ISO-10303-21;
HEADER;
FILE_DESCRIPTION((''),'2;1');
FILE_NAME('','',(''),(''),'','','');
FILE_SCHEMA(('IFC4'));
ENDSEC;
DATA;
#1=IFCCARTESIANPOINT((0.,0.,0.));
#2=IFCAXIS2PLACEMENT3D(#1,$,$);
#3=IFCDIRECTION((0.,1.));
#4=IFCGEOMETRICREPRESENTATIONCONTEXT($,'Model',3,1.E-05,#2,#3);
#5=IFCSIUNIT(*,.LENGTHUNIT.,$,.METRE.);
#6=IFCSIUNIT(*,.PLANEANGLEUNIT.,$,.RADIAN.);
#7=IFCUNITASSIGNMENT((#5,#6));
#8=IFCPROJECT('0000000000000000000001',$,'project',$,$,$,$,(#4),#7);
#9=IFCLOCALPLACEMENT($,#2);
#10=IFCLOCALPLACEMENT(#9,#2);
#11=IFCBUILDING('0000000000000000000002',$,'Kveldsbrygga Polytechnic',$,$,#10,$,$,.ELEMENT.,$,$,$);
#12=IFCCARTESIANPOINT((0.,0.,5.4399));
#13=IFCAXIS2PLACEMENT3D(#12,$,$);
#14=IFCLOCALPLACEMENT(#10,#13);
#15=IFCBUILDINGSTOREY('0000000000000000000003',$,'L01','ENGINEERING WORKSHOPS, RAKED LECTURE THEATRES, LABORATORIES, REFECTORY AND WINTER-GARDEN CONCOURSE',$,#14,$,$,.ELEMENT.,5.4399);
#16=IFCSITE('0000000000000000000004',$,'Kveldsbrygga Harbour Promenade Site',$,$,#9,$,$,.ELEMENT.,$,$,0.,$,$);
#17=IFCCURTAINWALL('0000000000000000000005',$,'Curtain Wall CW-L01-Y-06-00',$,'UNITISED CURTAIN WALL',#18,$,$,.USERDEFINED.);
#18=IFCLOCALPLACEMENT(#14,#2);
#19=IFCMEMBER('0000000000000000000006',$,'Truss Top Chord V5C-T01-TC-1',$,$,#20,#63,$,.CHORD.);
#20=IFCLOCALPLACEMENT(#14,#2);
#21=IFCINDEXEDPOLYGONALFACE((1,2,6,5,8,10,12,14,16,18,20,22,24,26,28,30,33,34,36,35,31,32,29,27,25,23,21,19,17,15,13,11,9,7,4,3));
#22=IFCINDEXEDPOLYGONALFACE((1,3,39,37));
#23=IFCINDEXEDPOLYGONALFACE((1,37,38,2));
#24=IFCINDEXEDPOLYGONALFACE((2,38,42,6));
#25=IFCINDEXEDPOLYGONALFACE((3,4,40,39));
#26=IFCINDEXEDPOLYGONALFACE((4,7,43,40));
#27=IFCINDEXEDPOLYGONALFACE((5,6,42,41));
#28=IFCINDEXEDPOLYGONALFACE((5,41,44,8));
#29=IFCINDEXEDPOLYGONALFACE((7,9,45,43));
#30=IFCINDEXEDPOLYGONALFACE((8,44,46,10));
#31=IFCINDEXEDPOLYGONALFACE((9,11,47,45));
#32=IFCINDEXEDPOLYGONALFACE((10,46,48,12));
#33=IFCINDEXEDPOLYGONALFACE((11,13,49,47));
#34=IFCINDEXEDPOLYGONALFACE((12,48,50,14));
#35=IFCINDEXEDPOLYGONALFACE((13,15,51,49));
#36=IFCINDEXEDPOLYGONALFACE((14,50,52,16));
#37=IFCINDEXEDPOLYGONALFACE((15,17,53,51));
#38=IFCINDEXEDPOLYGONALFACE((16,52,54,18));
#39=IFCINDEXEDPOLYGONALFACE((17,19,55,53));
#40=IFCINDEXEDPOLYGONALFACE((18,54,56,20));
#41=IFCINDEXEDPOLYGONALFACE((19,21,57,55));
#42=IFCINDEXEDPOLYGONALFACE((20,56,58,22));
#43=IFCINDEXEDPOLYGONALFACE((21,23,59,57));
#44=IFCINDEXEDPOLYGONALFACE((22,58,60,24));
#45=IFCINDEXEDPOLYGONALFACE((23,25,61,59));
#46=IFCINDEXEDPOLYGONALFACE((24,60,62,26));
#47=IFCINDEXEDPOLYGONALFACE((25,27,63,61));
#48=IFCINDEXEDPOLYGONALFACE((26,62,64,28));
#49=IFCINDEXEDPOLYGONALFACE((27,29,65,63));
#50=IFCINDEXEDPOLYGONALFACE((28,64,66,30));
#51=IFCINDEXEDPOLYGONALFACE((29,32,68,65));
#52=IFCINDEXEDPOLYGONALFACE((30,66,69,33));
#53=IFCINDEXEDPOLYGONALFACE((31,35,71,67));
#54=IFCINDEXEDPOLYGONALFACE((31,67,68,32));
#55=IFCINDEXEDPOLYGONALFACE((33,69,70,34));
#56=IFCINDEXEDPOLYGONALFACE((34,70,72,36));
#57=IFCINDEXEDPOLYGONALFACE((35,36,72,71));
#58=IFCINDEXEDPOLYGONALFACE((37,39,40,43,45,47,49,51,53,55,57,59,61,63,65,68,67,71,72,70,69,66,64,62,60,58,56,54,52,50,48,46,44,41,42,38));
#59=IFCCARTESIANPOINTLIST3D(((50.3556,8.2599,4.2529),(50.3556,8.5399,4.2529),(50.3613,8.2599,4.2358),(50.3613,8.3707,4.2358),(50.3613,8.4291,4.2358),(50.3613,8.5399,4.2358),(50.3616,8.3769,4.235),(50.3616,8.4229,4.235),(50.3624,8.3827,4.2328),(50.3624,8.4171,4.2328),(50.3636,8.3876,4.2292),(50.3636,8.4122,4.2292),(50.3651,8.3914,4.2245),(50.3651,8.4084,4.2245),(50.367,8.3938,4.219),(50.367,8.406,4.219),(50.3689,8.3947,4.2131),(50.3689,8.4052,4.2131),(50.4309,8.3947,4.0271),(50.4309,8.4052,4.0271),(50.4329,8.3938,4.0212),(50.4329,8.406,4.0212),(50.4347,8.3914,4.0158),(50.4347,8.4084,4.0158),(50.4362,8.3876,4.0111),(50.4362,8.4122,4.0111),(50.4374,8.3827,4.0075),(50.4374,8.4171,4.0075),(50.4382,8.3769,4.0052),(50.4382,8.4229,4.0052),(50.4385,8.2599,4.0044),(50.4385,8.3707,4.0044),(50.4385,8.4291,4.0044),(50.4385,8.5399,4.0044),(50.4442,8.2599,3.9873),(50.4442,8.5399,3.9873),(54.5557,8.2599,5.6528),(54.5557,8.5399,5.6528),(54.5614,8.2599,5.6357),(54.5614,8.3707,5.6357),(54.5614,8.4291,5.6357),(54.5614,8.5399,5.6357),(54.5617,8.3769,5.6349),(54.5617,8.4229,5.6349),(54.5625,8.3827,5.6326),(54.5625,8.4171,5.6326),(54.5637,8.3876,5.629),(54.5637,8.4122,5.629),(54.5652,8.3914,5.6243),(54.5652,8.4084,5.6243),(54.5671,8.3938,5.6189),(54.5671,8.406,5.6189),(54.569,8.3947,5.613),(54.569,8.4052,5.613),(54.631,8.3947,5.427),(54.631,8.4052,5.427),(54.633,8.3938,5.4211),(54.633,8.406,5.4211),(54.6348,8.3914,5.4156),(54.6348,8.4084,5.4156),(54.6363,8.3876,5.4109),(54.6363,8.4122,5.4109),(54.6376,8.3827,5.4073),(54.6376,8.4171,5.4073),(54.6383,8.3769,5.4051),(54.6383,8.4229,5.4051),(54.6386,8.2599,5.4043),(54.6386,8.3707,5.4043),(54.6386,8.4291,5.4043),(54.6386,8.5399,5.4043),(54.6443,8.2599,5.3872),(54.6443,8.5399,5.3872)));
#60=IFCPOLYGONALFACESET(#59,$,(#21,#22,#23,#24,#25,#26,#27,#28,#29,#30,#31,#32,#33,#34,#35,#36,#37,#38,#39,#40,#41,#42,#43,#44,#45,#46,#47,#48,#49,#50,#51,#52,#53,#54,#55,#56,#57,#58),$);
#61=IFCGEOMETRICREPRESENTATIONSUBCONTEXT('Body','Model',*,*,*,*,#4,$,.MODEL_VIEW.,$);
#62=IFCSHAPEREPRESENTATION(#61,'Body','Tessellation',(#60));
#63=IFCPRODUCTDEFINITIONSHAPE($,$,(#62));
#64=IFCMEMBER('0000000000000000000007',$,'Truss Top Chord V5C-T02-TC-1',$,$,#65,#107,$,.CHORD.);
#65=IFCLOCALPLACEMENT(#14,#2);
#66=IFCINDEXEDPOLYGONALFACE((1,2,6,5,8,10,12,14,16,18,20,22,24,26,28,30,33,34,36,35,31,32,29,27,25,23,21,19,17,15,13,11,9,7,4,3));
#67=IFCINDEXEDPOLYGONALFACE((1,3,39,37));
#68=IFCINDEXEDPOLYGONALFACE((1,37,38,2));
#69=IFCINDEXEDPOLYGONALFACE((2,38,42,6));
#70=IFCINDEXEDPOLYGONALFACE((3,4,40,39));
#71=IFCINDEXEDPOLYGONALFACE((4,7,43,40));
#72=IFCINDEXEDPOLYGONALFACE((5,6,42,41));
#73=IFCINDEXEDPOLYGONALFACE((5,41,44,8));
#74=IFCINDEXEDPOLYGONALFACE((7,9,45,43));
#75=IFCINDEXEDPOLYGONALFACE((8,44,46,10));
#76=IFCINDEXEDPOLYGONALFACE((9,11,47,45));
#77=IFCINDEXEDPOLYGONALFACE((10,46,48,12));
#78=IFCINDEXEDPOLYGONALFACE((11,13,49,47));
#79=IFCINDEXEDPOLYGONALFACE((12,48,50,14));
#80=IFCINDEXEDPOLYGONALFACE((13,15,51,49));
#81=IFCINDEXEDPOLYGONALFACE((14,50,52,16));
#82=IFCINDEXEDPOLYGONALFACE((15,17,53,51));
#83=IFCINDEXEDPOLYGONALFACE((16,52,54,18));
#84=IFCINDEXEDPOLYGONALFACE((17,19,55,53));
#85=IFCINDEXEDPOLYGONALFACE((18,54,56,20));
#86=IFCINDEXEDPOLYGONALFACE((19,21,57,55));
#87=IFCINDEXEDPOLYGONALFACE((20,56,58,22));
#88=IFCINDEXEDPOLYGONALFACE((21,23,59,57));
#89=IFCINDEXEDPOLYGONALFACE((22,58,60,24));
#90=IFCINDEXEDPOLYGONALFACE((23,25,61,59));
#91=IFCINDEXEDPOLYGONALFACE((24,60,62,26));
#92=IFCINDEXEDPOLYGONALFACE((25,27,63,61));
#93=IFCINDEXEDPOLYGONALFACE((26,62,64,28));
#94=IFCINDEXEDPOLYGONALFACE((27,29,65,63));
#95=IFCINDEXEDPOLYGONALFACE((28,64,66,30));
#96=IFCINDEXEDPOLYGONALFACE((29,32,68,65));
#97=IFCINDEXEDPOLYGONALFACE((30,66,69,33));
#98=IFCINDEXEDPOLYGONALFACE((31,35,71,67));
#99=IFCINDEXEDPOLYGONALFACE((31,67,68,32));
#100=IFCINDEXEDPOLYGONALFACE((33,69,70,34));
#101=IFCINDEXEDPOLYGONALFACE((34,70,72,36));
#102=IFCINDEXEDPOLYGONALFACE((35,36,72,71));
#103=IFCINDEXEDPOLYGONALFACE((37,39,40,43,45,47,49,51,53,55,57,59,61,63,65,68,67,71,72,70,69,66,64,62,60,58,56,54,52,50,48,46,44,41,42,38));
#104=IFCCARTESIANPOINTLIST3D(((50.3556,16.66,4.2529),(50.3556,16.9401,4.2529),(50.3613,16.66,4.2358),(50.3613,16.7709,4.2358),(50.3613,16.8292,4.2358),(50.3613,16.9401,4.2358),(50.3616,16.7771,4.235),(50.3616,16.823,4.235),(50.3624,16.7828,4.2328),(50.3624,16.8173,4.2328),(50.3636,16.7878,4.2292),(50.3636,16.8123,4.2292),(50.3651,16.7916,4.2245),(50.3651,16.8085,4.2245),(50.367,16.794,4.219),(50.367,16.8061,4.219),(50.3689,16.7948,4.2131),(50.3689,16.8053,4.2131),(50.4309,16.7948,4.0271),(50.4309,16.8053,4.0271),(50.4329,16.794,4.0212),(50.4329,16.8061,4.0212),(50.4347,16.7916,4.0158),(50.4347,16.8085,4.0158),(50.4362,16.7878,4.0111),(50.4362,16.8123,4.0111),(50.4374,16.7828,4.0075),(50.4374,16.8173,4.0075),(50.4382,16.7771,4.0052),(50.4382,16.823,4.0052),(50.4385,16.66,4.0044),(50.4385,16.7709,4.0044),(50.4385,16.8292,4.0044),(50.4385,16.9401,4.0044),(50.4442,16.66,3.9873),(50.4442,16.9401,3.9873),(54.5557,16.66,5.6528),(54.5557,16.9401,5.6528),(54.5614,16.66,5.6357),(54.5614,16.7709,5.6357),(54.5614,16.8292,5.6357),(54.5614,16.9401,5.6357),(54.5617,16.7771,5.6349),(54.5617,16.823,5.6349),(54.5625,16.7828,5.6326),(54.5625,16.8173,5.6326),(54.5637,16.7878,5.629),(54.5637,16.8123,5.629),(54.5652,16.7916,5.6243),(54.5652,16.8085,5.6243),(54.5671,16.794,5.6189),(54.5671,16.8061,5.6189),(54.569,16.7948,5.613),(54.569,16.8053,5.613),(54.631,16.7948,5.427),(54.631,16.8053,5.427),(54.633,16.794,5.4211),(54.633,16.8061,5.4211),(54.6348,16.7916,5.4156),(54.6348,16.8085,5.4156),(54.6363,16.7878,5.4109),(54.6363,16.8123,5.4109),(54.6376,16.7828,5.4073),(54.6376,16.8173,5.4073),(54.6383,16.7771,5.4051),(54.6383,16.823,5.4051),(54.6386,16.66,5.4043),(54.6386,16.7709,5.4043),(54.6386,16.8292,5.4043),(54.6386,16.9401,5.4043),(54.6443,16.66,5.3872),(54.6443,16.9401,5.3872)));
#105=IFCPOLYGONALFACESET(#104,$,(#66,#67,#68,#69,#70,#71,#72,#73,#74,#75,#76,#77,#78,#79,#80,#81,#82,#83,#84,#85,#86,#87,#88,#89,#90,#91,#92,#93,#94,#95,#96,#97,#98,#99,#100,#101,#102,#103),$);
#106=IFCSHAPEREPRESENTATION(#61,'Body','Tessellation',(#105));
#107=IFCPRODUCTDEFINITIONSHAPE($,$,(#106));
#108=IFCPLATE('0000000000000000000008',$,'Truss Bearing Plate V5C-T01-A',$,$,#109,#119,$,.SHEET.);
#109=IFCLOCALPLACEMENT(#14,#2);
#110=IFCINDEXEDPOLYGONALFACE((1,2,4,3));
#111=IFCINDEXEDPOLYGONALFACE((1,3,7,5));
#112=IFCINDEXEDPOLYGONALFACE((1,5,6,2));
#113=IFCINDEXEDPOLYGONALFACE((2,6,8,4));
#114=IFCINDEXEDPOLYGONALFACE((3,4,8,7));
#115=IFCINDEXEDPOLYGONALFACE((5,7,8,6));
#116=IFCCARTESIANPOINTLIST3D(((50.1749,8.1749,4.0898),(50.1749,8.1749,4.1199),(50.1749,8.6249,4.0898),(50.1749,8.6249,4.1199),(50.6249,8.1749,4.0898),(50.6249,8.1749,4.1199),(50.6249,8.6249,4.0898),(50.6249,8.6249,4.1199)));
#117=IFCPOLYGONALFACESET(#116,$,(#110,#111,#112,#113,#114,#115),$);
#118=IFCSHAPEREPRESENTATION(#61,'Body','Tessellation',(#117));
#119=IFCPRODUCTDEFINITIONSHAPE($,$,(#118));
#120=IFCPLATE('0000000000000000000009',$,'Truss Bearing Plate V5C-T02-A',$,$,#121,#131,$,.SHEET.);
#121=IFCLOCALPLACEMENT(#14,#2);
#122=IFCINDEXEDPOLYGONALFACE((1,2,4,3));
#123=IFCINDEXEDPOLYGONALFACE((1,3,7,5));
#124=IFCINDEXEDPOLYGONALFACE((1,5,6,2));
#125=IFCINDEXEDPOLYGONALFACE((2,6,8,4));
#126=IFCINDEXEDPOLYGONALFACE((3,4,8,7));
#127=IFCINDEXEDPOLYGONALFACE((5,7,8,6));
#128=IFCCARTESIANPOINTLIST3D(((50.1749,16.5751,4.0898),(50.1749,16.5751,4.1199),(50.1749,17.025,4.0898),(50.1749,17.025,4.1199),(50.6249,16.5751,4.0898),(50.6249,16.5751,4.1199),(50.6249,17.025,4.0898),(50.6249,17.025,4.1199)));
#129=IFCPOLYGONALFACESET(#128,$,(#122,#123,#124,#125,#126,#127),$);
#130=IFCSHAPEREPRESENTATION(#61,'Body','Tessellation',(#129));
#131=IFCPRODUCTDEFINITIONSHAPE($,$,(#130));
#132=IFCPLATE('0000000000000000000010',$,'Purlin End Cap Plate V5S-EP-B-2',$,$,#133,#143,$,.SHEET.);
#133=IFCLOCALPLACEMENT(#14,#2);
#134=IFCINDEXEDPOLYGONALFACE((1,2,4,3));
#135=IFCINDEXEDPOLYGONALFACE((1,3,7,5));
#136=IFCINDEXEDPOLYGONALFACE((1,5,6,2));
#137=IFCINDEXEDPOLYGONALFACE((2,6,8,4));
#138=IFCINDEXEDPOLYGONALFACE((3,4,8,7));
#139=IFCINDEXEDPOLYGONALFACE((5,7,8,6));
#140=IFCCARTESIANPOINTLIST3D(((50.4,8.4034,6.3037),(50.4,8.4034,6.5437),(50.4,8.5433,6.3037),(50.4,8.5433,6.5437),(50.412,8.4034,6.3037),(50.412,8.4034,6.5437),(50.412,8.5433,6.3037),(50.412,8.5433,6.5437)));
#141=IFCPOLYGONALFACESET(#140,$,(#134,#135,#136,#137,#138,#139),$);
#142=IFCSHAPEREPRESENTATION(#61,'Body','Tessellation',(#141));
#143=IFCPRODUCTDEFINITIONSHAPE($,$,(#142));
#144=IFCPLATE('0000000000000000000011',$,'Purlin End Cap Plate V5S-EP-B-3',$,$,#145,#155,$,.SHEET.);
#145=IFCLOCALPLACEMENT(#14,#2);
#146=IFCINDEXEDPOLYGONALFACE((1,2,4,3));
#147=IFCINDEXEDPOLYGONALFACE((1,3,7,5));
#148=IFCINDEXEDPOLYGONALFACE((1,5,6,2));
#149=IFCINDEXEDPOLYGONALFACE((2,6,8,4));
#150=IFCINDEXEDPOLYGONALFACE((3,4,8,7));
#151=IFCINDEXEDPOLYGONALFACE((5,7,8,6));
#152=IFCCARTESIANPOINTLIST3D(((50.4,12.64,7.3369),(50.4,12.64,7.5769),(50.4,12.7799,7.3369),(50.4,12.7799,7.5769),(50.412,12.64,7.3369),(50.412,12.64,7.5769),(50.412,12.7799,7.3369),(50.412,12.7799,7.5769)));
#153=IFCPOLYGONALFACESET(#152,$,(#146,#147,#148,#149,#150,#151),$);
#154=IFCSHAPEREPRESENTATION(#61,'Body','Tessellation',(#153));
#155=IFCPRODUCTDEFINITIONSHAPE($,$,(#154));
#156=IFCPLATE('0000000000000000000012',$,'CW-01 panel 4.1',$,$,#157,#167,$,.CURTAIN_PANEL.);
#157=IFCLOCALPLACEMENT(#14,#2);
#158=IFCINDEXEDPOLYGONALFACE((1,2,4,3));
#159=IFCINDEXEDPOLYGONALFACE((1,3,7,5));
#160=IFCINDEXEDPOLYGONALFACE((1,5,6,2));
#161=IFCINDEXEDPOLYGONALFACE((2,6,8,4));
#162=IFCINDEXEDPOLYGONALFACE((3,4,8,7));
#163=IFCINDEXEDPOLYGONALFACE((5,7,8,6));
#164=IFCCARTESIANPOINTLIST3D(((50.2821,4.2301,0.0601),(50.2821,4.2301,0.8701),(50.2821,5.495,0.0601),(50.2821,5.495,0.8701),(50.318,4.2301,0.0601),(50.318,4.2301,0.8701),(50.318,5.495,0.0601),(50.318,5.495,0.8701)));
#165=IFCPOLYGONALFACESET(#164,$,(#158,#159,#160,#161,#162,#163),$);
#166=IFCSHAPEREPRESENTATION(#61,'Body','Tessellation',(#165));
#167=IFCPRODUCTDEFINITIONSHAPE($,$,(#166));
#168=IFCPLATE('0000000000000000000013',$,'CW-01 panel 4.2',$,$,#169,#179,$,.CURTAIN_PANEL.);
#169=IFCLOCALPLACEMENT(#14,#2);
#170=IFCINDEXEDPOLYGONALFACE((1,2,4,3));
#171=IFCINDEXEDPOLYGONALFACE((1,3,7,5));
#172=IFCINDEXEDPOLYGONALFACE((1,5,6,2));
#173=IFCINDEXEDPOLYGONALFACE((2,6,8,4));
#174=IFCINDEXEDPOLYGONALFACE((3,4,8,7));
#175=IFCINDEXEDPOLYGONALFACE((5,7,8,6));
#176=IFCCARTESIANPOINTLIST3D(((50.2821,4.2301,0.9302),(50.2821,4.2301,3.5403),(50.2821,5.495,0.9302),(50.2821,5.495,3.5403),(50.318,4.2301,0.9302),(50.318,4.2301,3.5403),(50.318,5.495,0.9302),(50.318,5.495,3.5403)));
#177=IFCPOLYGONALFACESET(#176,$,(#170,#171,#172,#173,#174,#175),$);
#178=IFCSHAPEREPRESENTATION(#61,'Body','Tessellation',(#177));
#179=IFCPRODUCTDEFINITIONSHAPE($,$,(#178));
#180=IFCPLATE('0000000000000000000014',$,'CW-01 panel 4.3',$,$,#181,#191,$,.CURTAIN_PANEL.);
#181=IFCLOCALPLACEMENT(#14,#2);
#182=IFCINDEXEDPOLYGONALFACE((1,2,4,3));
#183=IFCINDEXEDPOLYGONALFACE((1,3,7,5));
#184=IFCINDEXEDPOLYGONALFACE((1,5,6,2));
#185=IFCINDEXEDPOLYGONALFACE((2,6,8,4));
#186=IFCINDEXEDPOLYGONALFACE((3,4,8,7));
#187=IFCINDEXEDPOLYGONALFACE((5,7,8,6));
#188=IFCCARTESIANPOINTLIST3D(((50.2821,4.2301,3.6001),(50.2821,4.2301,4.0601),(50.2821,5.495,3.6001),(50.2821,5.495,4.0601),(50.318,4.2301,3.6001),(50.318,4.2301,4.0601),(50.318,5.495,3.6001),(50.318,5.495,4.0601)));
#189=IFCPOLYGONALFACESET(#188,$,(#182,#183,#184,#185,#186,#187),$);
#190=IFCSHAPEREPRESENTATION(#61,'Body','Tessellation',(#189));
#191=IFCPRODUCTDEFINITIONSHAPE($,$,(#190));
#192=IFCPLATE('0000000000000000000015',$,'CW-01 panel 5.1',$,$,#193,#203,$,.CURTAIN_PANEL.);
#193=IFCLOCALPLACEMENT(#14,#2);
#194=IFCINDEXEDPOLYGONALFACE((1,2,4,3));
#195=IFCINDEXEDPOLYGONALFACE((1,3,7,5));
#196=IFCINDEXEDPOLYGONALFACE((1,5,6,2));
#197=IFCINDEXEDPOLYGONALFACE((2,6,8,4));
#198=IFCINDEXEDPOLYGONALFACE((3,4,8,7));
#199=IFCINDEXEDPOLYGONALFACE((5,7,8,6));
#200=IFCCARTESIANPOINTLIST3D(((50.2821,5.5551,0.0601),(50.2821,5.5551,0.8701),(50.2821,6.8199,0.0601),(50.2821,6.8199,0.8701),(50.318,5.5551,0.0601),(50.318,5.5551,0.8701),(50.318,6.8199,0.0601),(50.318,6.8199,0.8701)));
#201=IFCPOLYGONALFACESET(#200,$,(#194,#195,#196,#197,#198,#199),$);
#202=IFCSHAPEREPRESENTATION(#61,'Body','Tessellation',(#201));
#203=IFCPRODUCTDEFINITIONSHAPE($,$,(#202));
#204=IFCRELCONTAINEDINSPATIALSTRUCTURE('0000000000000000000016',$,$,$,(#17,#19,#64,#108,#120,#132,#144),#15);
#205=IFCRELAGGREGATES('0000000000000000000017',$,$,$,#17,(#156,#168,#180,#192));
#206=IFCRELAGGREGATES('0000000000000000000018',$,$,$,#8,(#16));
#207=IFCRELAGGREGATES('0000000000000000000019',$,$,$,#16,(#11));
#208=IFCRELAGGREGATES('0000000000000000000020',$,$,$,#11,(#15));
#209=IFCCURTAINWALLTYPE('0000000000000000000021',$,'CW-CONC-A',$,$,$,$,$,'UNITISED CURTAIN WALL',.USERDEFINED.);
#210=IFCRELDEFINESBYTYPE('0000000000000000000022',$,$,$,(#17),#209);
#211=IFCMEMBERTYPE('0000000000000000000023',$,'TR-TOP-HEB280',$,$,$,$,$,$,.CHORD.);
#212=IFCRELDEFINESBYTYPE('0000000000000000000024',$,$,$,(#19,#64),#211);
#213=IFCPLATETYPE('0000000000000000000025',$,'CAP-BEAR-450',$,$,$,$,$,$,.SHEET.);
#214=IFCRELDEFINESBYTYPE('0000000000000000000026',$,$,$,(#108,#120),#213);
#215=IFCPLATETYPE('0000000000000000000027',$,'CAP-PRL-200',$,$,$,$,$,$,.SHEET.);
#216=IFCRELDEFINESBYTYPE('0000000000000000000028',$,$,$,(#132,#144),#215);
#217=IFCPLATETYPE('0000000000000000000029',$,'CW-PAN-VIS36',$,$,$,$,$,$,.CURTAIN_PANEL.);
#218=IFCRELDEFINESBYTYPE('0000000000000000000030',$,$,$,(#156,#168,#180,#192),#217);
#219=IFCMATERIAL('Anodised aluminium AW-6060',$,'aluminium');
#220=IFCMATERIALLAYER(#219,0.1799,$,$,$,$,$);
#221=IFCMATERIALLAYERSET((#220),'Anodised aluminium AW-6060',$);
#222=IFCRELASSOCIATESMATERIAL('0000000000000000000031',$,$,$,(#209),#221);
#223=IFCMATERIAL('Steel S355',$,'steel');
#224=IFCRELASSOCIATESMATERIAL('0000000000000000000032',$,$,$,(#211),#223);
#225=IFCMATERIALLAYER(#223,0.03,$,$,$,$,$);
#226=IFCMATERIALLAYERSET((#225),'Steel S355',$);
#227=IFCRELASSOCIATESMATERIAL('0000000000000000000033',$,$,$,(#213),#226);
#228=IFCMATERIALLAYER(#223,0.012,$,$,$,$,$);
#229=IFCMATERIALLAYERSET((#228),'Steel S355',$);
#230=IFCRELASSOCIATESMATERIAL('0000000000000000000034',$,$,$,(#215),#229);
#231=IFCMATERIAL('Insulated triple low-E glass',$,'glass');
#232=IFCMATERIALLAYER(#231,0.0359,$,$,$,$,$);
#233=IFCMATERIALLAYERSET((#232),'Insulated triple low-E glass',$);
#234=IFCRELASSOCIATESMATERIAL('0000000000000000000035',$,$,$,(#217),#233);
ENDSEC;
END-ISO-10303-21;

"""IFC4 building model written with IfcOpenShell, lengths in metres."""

from ifc_helpers import new_model, si_unit, direction, frame, origin, origin_2d, place, context, subcontext, project, spatial, rectangle, i_section, extrude, material, layer, layer_set, material_profile, profile_set, type_object, element, aggregate, save


model = new_model("IFC4")

# Units and contexts
model_context = context("Model", 3, precision=1e-05, world=origin(), true_north=direction((0.0, 1.0)))
body_context = subcontext(model_context, "Body", "Model", "MODEL_VIEW")
ifc_project = project(units=[si_unit("LENGTHUNIT", "METRE"), si_unit("PLANEANGLEUNIT", "RADIAN")], contexts=[model_context])

# Site, building, storey
site_placement = place(None, origin())
site = spatial("IfcSite", under=ifc_project, at=site_placement, Name="Kveldsbrygga Harbour Promenade Site", CompositionType="ELEMENT", RefElevation=0.0)
building_placement = place(site_placement, origin())
building = spatial("IfcBuilding", under=site, at=building_placement, Name="Kveldsbrygga Polytechnic", CompositionType="ELEMENT")
storey_placement = place(building_placement, frame((0.0, 0.0, 5.4399)))
storey = spatial("IfcBuildingStorey", under=building, at=storey_placement, Name="L01", Description="ENGINEERING WORKSHOPS, RAKED LECTURE THEATRES, LABORATORIES, REFECTORY AND WINTER-GARDEN CONCOURSE", CompositionType="ELEMENT", Elevation=5.4399)

# Shared definitions
ifc_material_1 = material(Name="Steel S355", Category="steel")

# Curtain wall
ifc_material_2 = material(Name="Anodised aluminium AW-6060", Category="aluminium")
ifc_layer_1 = layer(ifc_material_2, 0.1799)
ifc_layer_set_1 = layer_set([ifc_layer_1], Name="Anodised aluminium AW-6060")
curtain_wall_type = type_object("IfcCurtainWallType", Name="CW-CONC-A", ElementType="UNITISED CURTAIN WALL", PredefinedType="USERDEFINED", material=ifc_layer_set_1)
curtain_wall_placement = place(storey_placement, origin())
curtain_wall = element("IfcCurtainWall", 1, at=curtain_wall_placement, inside=storey, type_object=curtain_wall_type, Name="Curtain Wall CW-L01-Y-06-00", ObjectType="UNITISED CURTAIN WALL", PredefinedType="USERDEFINED")

# Members
ifc_material_profile_1 = material_profile(ifc_material_1, i_section(OverallWidth=0.28, OverallDepth=0.28, WebThickness=0.0105, FlangeThickness=0.0181, FilletRadius=0.0239, at=origin_2d()), Name="HEB 280")
ifc_profile_set_1 = profile_set([ifc_material_profile_1], Name="Steel S355")
member_type_1 = type_object("IfcMemberType", Name="TR-TOP-HEB280", PredefinedType="CHORD", material=ifc_profile_set_1)
for number, where, z_axis, x_axis, name in (
    (2, (50.3999, 8.3999, 4.1201), (0.948694, 0.0, 0.316195), (0.0, 1.0, 0.0), "Truss Top Chord V5C-T01-TC-1"),
    (3, (50.3999, 16.8, 4.1201), (0.948694, 0.0, 0.316195), (0.0, 1.0, 0.0), "Truss Top Chord V5C-T02-TC-1"),
):
    element("IfcMember", number, at=place(storey_placement, frame(where, z_axis=z_axis, x_axis=x_axis)), inside=storey, type_object=member_type_1, Name=name, PredefinedType="CHORD", context=body_context, shape_type="SweptSolid", body=[
        extrude(i_section(OverallWidth=0.28, OverallDepth=0.28, WebThickness=0.0105, FlangeThickness=0.0181, FilletRadius=0.0239, at=origin_2d()), origin(), (0.0, 0.0, 1.0), 4.4272),
    ])

# Plates
ifc_layer_2 = layer(ifc_material_1, 0.03)
ifc_layer_set_2 = layer_set([ifc_layer_2], Name="Steel S355")
plate_type_1 = type_object("IfcPlateType", Name="CAP-BEAR-450", PredefinedType="SHEET", material=ifc_layer_set_2)
for number, where, z_axis, x_axis, name in (
    (4, (50.3999, 8.3999, 4.0898), (0.0, 0.0, 1.0), (1.0, 0.0, 0.0), "Truss Bearing Plate V5C-T01-A"),
    (5, (50.3999, 16.8, 4.0898), (0.0, 0.0, 1.0), (1.0, 0.0, 0.0), "Truss Bearing Plate V5C-T02-A"),
):
    element("IfcPlate", number, at=place(storey_placement, frame(where, z_axis=z_axis, x_axis=x_axis)), inside=storey, type_object=plate_type_1, Name=name, PredefinedType="SHEET", context=body_context, shape_type="SweptSolid", body=[
        extrude(rectangle(XDim=0.45, YDim=0.45, at=origin_2d()), origin(), (0.0, 0.0, 1.0), 0.03),
    ])
ifc_layer_3 = layer(ifc_material_1, 0.012)
ifc_layer_set_3 = layer_set([ifc_layer_3], Name="Steel S355")
plate_type_2 = type_object("IfcPlateType", Name="CAP-PRL-200", PredefinedType="SHEET", material=ifc_layer_set_3)
for number, where, z_axis, x_axis, name in (
    (6, (50.406, 8.4734, 6.3037), (0.0, 0.0, 1.0), (1.0, 0.0, 0.0), "Purlin End Cap Plate V5S-EP-B-2"),
    (7, (50.406, 12.71, 7.3369), (0.0, 0.0, 1.0), (1.0, 0.0, 0.0), "Purlin End Cap Plate V5S-EP-B-3"),
):
    element("IfcPlate", number, at=place(storey_placement, frame(where, z_axis=z_axis, x_axis=x_axis)), inside=storey, type_object=plate_type_2, Name=name, PredefinedType="SHEET", context=body_context, shape_type="SweptSolid", body=[
        extrude(rectangle(XDim=0.012, YDim=0.1399, at=origin_2d()), origin(), (0.0, 0.0, 1.0), 0.24),
    ])

# Plates
ifc_material_3 = material(Name="Insulated triple low-E glass", Category="glass")
ifc_layer_4 = layer(ifc_material_3, 0.0359)
ifc_layer_set_4 = layer_set([ifc_layer_4], Name="Insulated triple low-E glass")
plate_type_3 = type_object("IfcPlateType", Name="CW-PAN-VIS36", PredefinedType="CURTAIN_PANEL", material=ifc_layer_set_4)
plate_1_placement = place(storey_placement, frame((50.3, 4.8625, 0.0601), z_axis=(0.0, 0.0, 1.0), x_axis=(0.0, 1.0, 0.0)))
plate_1 = element("IfcPlate", 8, at=plate_1_placement, type_object=plate_type_3, Name="CW-01 panel 4.1", PredefinedType="CURTAIN_PANEL", context=body_context, shape_type="SweptSolid", body=[
    extrude(rectangle(XDim=1.2649, YDim=0.0359, at=origin_2d()), origin(), (0.0, 0.0, 1.0), 0.8101),
])
plate_2_placement = place(storey_placement, frame((50.3, 4.8625, 0.9302), z_axis=(0.0, 0.0, 1.0), x_axis=(0.0, 1.0, 0.0)))
plate_2 = element("IfcPlate", 9, at=plate_2_placement, type_object=plate_type_3, Name="CW-01 panel 4.2", PredefinedType="CURTAIN_PANEL", context=body_context, shape_type="SweptSolid", body=[
    extrude(rectangle(XDim=1.2649, YDim=0.0359, at=origin_2d()), origin(), (0.0, 0.0, 1.0), 2.6101),
])
plate_3_placement = place(storey_placement, frame((50.3, 4.8625, 3.6001), z_axis=(0.0, 0.0, 1.0), x_axis=(0.0, 1.0, 0.0)))
plate_3 = element("IfcPlate", 10, at=plate_3_placement, type_object=plate_type_3, Name="CW-01 panel 4.3", PredefinedType="CURTAIN_PANEL", context=body_context, shape_type="SweptSolid", body=[
    extrude(rectangle(XDim=1.2649, YDim=0.0359, at=origin_2d()), origin(), (0.0, 0.0, 1.0), 0.46),
])
plate_4_placement = place(storey_placement, frame((50.3, 6.1875, 0.0601), z_axis=(0.0, 0.0, 1.0), x_axis=(0.0, 1.0, 0.0)))
plate_4 = element("IfcPlate", 11, at=plate_4_placement, type_object=plate_type_3, Name="CW-01 panel 5.1", PredefinedType="CURTAIN_PANEL", context=body_context, shape_type="SweptSolid", body=[
    extrude(rectangle(XDim=1.2649, YDim=0.0359, at=origin_2d()), origin(), (0.0, 0.0, 1.0), 0.8101),
])
aggregate(curtain_wall, [plate_1, plate_2, plate_3, plate_4])

save(model, "model.ifc")
